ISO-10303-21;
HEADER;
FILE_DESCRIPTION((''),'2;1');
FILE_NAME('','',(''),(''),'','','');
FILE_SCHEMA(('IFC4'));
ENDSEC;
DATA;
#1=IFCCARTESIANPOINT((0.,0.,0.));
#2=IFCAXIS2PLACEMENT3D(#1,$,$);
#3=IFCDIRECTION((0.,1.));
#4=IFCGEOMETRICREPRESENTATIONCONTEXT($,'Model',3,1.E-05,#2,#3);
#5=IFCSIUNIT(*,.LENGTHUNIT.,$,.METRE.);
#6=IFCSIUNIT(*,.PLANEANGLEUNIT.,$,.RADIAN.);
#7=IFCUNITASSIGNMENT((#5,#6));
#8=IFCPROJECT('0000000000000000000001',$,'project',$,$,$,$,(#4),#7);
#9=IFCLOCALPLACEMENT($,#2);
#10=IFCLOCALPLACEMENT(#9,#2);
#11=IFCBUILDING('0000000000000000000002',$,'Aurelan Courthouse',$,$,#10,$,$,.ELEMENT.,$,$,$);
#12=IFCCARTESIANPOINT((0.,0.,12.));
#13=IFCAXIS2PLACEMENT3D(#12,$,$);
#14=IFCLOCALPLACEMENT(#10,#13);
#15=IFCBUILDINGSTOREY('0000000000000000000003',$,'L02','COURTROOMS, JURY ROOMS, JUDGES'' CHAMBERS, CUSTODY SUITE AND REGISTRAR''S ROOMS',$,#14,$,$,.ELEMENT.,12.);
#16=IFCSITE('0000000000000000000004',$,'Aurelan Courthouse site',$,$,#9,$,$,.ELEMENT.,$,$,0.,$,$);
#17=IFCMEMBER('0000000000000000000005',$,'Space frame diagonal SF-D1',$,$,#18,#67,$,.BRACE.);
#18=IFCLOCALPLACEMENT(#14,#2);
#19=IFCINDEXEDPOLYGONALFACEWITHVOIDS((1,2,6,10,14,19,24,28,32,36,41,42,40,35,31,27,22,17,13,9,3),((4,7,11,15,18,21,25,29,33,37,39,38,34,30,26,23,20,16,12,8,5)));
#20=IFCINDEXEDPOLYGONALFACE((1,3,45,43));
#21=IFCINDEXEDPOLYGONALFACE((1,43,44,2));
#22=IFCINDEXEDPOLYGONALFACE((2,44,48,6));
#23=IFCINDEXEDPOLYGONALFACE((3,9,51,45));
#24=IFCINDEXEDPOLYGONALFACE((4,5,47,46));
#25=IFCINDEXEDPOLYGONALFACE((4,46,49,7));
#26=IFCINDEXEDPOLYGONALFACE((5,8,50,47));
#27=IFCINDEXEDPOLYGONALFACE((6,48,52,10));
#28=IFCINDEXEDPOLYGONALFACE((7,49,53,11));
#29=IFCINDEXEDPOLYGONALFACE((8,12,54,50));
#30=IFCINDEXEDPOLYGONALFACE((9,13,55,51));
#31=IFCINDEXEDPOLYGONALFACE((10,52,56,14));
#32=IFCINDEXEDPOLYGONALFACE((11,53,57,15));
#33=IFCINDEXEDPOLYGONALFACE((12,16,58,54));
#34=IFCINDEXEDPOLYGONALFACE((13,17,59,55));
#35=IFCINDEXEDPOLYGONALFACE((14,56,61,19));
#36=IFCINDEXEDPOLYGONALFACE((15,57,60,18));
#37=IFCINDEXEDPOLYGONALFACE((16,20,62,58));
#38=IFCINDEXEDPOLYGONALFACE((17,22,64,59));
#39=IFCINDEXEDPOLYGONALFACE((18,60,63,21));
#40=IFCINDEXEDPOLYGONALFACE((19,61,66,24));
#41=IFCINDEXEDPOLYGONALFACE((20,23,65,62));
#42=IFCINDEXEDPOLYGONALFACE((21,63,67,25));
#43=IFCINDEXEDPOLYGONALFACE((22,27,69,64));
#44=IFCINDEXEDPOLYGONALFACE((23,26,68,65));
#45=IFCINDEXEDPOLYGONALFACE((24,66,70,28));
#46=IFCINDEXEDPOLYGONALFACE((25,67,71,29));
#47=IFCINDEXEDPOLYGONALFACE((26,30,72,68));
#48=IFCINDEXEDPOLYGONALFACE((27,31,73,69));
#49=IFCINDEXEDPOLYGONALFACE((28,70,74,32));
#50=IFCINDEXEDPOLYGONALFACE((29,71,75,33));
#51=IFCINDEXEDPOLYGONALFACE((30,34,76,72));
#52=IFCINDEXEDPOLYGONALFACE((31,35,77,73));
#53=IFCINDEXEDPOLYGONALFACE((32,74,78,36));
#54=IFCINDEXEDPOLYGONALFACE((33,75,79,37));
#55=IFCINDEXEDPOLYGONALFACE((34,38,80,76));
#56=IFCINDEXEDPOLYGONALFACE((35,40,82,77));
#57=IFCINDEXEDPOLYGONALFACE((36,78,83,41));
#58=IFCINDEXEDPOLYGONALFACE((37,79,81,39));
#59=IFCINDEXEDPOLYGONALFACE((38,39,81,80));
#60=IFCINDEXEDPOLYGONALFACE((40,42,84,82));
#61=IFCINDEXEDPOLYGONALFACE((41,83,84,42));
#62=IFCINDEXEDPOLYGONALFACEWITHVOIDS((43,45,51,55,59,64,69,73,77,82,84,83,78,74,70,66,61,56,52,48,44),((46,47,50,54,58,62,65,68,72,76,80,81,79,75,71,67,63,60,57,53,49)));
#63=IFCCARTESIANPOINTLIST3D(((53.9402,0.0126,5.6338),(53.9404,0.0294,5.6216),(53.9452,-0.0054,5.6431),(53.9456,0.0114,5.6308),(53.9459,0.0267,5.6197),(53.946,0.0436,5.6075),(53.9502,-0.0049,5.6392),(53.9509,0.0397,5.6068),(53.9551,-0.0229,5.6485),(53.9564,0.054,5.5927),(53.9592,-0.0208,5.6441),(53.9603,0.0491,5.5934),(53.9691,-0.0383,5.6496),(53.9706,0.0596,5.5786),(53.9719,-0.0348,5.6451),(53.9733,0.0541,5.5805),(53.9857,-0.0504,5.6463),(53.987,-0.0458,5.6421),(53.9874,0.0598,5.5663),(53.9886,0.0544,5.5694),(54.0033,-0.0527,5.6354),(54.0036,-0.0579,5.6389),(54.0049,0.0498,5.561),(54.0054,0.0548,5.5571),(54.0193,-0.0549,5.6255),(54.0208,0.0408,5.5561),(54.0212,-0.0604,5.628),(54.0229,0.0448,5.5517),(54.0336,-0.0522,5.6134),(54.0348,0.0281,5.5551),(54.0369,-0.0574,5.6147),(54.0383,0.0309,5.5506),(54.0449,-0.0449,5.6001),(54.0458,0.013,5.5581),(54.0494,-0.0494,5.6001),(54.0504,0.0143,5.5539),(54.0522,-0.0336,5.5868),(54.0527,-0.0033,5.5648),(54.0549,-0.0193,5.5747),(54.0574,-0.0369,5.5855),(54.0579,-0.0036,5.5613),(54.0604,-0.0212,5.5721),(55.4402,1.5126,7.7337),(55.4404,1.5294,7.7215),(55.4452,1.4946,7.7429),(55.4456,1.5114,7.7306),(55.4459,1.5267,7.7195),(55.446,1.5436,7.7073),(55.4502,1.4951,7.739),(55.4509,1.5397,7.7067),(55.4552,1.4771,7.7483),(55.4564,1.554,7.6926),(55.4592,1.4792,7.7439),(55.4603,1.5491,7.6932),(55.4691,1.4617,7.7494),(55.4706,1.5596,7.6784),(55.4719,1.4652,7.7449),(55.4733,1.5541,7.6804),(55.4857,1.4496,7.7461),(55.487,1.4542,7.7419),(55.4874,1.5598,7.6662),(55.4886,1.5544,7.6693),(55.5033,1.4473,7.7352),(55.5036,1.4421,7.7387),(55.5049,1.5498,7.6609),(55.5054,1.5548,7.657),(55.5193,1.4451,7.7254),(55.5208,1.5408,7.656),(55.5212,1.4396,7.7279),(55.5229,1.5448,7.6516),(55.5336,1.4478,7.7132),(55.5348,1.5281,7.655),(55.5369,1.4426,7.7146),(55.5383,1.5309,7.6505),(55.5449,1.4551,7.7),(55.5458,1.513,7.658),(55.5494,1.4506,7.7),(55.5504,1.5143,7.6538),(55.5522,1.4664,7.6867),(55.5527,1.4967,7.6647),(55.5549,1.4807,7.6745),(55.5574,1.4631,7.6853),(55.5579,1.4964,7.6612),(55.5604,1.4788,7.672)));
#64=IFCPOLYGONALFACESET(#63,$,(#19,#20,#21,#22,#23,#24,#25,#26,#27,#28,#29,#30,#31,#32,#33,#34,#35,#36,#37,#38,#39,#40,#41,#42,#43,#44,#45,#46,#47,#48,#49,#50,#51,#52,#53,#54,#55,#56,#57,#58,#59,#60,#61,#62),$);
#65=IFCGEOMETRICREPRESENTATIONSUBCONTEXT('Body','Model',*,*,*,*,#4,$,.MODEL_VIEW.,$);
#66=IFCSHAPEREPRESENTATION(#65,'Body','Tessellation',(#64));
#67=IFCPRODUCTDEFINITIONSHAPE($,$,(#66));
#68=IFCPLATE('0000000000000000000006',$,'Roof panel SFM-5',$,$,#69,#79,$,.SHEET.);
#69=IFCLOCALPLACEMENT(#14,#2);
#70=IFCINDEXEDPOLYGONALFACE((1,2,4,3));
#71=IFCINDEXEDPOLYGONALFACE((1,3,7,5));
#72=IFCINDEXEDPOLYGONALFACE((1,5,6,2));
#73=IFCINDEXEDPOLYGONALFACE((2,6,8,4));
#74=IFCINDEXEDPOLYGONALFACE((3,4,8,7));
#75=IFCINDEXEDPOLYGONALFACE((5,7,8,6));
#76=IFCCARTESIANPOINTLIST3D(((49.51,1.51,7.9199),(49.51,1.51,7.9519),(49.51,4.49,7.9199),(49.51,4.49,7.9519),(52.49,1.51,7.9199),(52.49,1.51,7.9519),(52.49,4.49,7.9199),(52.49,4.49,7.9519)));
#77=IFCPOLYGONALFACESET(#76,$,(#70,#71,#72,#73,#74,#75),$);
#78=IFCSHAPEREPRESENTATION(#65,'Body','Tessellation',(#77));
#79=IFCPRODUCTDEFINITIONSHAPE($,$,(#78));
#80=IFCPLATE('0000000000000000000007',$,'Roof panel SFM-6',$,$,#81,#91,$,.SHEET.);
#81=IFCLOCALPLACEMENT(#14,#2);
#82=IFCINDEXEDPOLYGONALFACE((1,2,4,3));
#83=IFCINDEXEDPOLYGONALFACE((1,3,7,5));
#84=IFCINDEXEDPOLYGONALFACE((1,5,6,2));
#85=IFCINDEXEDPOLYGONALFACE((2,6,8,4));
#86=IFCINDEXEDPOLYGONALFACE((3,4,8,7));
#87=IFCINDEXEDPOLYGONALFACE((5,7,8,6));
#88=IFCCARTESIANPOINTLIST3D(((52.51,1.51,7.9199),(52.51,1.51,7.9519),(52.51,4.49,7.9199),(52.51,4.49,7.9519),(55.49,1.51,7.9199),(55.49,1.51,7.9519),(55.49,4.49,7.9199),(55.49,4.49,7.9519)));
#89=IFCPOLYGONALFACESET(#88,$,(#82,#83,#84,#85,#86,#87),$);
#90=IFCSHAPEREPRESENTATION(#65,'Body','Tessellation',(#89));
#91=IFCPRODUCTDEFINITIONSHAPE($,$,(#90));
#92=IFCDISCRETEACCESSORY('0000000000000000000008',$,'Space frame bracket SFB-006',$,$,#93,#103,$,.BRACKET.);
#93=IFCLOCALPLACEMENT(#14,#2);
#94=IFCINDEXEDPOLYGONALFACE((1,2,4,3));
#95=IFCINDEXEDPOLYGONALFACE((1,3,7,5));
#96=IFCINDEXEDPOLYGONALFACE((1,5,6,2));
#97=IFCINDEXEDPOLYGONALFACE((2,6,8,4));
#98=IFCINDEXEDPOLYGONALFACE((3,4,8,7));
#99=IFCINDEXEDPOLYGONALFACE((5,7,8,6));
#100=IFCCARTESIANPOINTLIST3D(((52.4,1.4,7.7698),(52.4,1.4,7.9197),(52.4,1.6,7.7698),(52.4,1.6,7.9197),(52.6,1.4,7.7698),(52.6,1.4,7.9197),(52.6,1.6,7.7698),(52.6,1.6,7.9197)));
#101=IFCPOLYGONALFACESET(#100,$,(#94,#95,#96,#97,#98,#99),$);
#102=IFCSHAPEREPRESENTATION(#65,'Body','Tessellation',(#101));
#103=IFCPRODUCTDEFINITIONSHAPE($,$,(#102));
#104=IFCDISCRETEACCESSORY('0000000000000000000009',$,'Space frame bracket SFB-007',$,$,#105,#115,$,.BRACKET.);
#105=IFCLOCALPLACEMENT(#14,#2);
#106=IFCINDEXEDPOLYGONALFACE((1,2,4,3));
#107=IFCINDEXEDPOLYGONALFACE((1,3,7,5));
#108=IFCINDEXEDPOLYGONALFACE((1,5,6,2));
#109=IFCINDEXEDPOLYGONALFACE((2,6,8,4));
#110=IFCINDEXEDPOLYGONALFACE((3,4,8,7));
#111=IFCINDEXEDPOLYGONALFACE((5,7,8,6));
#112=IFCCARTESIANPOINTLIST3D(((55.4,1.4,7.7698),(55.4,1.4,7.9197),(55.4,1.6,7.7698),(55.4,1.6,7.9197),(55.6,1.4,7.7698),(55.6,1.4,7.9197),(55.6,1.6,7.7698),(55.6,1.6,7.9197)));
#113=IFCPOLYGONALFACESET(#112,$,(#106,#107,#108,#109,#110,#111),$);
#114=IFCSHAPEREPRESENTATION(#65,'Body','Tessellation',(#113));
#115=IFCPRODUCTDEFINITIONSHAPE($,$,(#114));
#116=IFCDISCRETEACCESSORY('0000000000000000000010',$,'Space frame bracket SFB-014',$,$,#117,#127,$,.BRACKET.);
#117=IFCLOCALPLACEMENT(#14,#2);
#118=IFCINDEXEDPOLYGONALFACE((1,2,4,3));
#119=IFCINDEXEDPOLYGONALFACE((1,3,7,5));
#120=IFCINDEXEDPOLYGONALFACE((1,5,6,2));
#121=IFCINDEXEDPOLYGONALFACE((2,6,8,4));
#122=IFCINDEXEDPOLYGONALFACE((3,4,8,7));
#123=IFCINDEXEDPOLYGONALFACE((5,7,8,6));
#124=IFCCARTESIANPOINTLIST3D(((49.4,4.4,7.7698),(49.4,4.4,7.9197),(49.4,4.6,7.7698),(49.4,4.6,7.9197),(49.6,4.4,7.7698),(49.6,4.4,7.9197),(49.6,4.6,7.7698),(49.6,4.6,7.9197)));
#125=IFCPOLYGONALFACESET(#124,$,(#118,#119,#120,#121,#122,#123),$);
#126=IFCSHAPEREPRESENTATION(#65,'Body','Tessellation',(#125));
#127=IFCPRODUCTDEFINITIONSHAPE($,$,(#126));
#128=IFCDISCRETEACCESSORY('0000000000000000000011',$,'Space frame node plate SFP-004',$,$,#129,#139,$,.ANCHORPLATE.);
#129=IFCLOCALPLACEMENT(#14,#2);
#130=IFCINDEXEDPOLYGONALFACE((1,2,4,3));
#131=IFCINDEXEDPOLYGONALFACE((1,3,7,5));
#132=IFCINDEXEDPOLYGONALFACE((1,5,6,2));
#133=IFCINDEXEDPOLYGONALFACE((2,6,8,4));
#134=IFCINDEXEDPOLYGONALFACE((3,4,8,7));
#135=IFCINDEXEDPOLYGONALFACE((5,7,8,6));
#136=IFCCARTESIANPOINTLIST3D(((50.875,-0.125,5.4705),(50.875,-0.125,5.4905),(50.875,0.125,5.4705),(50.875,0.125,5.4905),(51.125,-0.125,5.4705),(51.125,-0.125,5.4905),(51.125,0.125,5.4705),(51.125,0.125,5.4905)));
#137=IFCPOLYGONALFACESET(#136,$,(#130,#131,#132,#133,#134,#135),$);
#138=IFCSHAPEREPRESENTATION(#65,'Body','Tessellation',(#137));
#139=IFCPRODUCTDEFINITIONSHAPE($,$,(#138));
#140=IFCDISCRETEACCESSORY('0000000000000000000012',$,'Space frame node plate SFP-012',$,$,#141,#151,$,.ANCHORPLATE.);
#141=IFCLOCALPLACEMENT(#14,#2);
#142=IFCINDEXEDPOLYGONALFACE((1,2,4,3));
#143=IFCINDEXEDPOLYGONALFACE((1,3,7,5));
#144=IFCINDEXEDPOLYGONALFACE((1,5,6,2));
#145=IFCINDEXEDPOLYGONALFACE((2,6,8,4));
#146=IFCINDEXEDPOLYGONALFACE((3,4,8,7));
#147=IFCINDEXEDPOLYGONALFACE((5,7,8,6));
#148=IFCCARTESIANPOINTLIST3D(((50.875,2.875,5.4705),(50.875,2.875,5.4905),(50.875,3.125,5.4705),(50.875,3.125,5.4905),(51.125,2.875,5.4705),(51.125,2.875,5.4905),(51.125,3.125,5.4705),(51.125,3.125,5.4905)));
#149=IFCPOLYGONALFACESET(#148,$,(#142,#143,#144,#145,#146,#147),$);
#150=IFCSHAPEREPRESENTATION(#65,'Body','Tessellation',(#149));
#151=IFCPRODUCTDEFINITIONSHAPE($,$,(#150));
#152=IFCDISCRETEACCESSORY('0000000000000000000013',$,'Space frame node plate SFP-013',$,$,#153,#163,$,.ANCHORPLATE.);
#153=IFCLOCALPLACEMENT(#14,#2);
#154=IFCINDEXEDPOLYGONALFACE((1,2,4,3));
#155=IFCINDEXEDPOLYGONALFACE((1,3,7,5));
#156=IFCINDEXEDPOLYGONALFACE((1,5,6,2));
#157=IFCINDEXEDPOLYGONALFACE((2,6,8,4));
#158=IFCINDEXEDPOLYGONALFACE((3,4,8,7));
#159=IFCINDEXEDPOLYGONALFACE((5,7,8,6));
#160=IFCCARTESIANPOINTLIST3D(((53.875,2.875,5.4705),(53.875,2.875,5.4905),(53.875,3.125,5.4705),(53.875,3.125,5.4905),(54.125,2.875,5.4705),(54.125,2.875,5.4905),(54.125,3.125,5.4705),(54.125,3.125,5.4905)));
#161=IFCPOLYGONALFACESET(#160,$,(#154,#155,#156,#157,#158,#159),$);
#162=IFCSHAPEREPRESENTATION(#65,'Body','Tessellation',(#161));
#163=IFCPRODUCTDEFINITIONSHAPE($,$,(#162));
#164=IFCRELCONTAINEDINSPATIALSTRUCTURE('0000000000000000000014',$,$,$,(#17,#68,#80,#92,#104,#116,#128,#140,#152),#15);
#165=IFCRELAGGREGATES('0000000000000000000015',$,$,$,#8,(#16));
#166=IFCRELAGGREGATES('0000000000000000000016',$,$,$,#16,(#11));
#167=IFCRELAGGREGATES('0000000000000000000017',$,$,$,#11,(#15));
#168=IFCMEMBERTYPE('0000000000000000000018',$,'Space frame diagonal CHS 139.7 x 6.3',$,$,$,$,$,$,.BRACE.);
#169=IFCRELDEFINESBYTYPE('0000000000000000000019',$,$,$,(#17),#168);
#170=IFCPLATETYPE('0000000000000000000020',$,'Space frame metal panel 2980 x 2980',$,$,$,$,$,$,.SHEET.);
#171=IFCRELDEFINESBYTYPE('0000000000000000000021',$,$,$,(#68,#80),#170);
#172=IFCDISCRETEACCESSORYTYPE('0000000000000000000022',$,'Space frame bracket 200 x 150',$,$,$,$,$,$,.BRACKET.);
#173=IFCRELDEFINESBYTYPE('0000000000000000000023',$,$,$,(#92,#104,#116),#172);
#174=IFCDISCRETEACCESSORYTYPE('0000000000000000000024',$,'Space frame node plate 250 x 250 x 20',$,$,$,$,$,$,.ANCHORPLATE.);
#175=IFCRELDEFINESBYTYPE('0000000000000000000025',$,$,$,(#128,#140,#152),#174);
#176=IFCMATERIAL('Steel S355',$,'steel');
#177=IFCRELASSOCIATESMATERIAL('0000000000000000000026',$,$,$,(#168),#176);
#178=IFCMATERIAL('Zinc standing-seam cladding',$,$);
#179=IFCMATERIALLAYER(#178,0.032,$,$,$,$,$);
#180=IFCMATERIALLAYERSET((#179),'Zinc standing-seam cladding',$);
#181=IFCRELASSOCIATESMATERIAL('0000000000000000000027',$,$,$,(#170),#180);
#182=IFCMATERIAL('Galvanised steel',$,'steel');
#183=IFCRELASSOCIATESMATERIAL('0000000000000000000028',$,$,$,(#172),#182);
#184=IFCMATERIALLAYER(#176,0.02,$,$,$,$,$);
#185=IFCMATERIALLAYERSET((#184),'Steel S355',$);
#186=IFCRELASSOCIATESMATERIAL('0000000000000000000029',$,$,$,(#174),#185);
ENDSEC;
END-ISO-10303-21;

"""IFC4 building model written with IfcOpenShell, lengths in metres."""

from ifc_helpers import new_model, si_unit, direction, frame, origin, origin_2d, place, context, subcontext, project, spatial, rectangle, hollow_circle, extrude, material, layer, layer_set, material_profile, profile_set, type_object, element, save


model = new_model("IFC4")

# Units and contexts
model_context = context("Model", 3, precision=1e-05, world=origin(), true_north=direction((0.0, 1.0)))
body_context = subcontext(model_context, "Body", "Model", "MODEL_VIEW")
ifc_project = project(units=[si_unit("LENGTHUNIT", "METRE"), si_unit("PLANEANGLEUNIT", "RADIAN")], contexts=[model_context])

# Site, building, storey
site_placement = place(None, origin())
site = spatial("IfcSite", under=ifc_project, at=site_placement, Name="Aurelan Courthouse site", CompositionType="ELEMENT", RefElevation=0.0)
building_placement = place(site_placement, origin())
building = spatial("IfcBuilding", under=site, at=building_placement, Name="Aurelan Courthouse", CompositionType="ELEMENT")
storey_placement = place(building_placement, frame((0.0, 0.0, 12.0)))
storey = spatial("IfcBuildingStorey", under=building, at=storey_placement, Name="L02", Description="COURTROOMS, JURY ROOMS, JUDGES' CHAMBERS, CUSTODY SUITE AND REGISTRAR'S ROOMS", CompositionType="ELEMENT", Elevation=12.0)

# Member
ifc_material_1 = material(Name="Steel S355", Category="steel")
ifc_material_profile_1 = material_profile(ifc_material_1, hollow_circle(Radius=0.0698, WallThickness=0.0063, at=origin_2d()), Name="CHS 139.7 x 6.3")
ifc_profile_set_1 = profile_set([ifc_material_profile_1], Name="Steel S355")
member_type_1 = type_object("IfcMemberType", Name="Space frame diagonal CHS 139.7 x 6.3", PredefinedType="BRACE", material=ifc_profile_set_1)
for number, where, z_axis, x_axis, name in (
    (1, (55.5, 1.5, 7.7), (-0.502536, -0.502536, -0.703502), (0.707107, -0.707107, 0.0), "Space frame diagonal SF-D1"),
):
    element("IfcMember", number, at=place(storey_placement, frame(where, z_axis=z_axis, x_axis=x_axis)), inside=storey, type_object=member_type_1, Name=name, PredefinedType="BRACE", context=body_context, shape_type="SweptSolid", body=[
        extrude(hollow_circle(Radius=0.0698, WallThickness=0.0063, at=origin_2d()), origin(), (0.0, 0.0, 1.0), 2.9849),
    ])

# Plates
ifc_material_2 = material(Name="Zinc standing-seam cladding")
ifc_layer_1 = layer(ifc_material_2, 0.032)
ifc_layer_set_1 = layer_set([ifc_layer_1], Name="Zinc standing-seam cladding")
plate_type = type_object("IfcPlateType", Name="Space frame metal panel 2980 x 2980", PredefinedType="SHEET", material=ifc_layer_set_1)
for number, where, z_axis, x_axis, name in (
    (2, (51.0, 3.0, 7.9199), (0.0, 0.0, 1.0), (1.0, 0.0, 0.0), "Roof panel SFM-5"),
    (3, (54.0, 3.0, 7.9199), (0.0, 0.0, 1.0), (1.0, 0.0, 0.0), "Roof panel SFM-6"),
):
    element("IfcPlate", number, at=place(storey_placement, frame(where, z_axis=z_axis, x_axis=x_axis)), inside=storey, type_object=plate_type, Name=name, PredefinedType="SHEET", context=body_context, shape_type="SweptSolid", body=[
        extrude(rectangle(XDim=2.98, YDim=2.98, at=origin_2d()), origin(), (0.0, 0.0, 1.0), 0.032),
    ])

# Discrete accessories
ifc_material_3 = material(Name="Galvanised steel", Category="steel")
discrete_accessory_type_1 = type_object("IfcDiscreteAccessoryType", Name="Space frame bracket 200 x 150", PredefinedType="BRACKET", material=ifc_material_3)
for number, where, z_axis, x_axis, name in (
    (4, (52.5, 1.5, 7.7698), (0.0, 0.0, 1.0), (1.0, 0.0, 0.0), "Space frame bracket SFB-006"),
    (5, (55.5, 1.5, 7.7698), (0.0, 0.0, 1.0), (1.0, 0.0, 0.0), "Space frame bracket SFB-007"),
    (6, (49.5, 4.5, 7.7698), (0.0, 0.0, 1.0), (1.0, 0.0, 0.0), "Space frame bracket SFB-014"),
):
    element("IfcDiscreteAccessory", number, at=place(storey_placement, frame(where, z_axis=z_axis, x_axis=x_axis)), inside=storey, type_object=discrete_accessory_type_1, Name=name, PredefinedType="BRACKET", context=body_context, shape_type="SweptSolid", body=[
        extrude(rectangle(XDim=0.2, YDim=0.2, at=origin_2d()), origin(), (0.0, 0.0, 1.0), 0.1499),
    ])
ifc_layer_2 = layer(ifc_material_1, 0.02)
ifc_layer_set_2 = layer_set([ifc_layer_2], Name="Steel S355")
discrete_accessory_type_2 = type_object("IfcDiscreteAccessoryType", Name="Space frame node plate 250 x 250 x 20", PredefinedType="ANCHORPLATE", material=ifc_layer_set_2)
for number, where, z_axis, x_axis, name in (
    (7, (51.0, 0.0, 5.4705), (0.0, 0.0, 1.0), (1.0, 0.0, 0.0), "Space frame node plate SFP-004"),
    (8, (51.0, 3.0, 5.4705), (0.0, 0.0, 1.0), (1.0, 0.0, 0.0), "Space frame node plate SFP-012"),
    (9, (54.0, 3.0, 5.4705), (0.0, 0.0, 1.0), (1.0, 0.0, 0.0), "Space frame node plate SFP-013"),
):
    element("IfcDiscreteAccessory", number, at=place(storey_placement, frame(where, z_axis=z_axis, x_axis=x_axis)), inside=storey, type_object=discrete_accessory_type_2, Name=name, PredefinedType="ANCHORPLATE", context=body_context, shape_type="SweptSolid", body=[
        extrude(rectangle(XDim=0.25, YDim=0.25, at=origin_2d()), origin(), (0.0, 0.0, 1.0), 0.02),
    ])

save(model, "model.ifc")
